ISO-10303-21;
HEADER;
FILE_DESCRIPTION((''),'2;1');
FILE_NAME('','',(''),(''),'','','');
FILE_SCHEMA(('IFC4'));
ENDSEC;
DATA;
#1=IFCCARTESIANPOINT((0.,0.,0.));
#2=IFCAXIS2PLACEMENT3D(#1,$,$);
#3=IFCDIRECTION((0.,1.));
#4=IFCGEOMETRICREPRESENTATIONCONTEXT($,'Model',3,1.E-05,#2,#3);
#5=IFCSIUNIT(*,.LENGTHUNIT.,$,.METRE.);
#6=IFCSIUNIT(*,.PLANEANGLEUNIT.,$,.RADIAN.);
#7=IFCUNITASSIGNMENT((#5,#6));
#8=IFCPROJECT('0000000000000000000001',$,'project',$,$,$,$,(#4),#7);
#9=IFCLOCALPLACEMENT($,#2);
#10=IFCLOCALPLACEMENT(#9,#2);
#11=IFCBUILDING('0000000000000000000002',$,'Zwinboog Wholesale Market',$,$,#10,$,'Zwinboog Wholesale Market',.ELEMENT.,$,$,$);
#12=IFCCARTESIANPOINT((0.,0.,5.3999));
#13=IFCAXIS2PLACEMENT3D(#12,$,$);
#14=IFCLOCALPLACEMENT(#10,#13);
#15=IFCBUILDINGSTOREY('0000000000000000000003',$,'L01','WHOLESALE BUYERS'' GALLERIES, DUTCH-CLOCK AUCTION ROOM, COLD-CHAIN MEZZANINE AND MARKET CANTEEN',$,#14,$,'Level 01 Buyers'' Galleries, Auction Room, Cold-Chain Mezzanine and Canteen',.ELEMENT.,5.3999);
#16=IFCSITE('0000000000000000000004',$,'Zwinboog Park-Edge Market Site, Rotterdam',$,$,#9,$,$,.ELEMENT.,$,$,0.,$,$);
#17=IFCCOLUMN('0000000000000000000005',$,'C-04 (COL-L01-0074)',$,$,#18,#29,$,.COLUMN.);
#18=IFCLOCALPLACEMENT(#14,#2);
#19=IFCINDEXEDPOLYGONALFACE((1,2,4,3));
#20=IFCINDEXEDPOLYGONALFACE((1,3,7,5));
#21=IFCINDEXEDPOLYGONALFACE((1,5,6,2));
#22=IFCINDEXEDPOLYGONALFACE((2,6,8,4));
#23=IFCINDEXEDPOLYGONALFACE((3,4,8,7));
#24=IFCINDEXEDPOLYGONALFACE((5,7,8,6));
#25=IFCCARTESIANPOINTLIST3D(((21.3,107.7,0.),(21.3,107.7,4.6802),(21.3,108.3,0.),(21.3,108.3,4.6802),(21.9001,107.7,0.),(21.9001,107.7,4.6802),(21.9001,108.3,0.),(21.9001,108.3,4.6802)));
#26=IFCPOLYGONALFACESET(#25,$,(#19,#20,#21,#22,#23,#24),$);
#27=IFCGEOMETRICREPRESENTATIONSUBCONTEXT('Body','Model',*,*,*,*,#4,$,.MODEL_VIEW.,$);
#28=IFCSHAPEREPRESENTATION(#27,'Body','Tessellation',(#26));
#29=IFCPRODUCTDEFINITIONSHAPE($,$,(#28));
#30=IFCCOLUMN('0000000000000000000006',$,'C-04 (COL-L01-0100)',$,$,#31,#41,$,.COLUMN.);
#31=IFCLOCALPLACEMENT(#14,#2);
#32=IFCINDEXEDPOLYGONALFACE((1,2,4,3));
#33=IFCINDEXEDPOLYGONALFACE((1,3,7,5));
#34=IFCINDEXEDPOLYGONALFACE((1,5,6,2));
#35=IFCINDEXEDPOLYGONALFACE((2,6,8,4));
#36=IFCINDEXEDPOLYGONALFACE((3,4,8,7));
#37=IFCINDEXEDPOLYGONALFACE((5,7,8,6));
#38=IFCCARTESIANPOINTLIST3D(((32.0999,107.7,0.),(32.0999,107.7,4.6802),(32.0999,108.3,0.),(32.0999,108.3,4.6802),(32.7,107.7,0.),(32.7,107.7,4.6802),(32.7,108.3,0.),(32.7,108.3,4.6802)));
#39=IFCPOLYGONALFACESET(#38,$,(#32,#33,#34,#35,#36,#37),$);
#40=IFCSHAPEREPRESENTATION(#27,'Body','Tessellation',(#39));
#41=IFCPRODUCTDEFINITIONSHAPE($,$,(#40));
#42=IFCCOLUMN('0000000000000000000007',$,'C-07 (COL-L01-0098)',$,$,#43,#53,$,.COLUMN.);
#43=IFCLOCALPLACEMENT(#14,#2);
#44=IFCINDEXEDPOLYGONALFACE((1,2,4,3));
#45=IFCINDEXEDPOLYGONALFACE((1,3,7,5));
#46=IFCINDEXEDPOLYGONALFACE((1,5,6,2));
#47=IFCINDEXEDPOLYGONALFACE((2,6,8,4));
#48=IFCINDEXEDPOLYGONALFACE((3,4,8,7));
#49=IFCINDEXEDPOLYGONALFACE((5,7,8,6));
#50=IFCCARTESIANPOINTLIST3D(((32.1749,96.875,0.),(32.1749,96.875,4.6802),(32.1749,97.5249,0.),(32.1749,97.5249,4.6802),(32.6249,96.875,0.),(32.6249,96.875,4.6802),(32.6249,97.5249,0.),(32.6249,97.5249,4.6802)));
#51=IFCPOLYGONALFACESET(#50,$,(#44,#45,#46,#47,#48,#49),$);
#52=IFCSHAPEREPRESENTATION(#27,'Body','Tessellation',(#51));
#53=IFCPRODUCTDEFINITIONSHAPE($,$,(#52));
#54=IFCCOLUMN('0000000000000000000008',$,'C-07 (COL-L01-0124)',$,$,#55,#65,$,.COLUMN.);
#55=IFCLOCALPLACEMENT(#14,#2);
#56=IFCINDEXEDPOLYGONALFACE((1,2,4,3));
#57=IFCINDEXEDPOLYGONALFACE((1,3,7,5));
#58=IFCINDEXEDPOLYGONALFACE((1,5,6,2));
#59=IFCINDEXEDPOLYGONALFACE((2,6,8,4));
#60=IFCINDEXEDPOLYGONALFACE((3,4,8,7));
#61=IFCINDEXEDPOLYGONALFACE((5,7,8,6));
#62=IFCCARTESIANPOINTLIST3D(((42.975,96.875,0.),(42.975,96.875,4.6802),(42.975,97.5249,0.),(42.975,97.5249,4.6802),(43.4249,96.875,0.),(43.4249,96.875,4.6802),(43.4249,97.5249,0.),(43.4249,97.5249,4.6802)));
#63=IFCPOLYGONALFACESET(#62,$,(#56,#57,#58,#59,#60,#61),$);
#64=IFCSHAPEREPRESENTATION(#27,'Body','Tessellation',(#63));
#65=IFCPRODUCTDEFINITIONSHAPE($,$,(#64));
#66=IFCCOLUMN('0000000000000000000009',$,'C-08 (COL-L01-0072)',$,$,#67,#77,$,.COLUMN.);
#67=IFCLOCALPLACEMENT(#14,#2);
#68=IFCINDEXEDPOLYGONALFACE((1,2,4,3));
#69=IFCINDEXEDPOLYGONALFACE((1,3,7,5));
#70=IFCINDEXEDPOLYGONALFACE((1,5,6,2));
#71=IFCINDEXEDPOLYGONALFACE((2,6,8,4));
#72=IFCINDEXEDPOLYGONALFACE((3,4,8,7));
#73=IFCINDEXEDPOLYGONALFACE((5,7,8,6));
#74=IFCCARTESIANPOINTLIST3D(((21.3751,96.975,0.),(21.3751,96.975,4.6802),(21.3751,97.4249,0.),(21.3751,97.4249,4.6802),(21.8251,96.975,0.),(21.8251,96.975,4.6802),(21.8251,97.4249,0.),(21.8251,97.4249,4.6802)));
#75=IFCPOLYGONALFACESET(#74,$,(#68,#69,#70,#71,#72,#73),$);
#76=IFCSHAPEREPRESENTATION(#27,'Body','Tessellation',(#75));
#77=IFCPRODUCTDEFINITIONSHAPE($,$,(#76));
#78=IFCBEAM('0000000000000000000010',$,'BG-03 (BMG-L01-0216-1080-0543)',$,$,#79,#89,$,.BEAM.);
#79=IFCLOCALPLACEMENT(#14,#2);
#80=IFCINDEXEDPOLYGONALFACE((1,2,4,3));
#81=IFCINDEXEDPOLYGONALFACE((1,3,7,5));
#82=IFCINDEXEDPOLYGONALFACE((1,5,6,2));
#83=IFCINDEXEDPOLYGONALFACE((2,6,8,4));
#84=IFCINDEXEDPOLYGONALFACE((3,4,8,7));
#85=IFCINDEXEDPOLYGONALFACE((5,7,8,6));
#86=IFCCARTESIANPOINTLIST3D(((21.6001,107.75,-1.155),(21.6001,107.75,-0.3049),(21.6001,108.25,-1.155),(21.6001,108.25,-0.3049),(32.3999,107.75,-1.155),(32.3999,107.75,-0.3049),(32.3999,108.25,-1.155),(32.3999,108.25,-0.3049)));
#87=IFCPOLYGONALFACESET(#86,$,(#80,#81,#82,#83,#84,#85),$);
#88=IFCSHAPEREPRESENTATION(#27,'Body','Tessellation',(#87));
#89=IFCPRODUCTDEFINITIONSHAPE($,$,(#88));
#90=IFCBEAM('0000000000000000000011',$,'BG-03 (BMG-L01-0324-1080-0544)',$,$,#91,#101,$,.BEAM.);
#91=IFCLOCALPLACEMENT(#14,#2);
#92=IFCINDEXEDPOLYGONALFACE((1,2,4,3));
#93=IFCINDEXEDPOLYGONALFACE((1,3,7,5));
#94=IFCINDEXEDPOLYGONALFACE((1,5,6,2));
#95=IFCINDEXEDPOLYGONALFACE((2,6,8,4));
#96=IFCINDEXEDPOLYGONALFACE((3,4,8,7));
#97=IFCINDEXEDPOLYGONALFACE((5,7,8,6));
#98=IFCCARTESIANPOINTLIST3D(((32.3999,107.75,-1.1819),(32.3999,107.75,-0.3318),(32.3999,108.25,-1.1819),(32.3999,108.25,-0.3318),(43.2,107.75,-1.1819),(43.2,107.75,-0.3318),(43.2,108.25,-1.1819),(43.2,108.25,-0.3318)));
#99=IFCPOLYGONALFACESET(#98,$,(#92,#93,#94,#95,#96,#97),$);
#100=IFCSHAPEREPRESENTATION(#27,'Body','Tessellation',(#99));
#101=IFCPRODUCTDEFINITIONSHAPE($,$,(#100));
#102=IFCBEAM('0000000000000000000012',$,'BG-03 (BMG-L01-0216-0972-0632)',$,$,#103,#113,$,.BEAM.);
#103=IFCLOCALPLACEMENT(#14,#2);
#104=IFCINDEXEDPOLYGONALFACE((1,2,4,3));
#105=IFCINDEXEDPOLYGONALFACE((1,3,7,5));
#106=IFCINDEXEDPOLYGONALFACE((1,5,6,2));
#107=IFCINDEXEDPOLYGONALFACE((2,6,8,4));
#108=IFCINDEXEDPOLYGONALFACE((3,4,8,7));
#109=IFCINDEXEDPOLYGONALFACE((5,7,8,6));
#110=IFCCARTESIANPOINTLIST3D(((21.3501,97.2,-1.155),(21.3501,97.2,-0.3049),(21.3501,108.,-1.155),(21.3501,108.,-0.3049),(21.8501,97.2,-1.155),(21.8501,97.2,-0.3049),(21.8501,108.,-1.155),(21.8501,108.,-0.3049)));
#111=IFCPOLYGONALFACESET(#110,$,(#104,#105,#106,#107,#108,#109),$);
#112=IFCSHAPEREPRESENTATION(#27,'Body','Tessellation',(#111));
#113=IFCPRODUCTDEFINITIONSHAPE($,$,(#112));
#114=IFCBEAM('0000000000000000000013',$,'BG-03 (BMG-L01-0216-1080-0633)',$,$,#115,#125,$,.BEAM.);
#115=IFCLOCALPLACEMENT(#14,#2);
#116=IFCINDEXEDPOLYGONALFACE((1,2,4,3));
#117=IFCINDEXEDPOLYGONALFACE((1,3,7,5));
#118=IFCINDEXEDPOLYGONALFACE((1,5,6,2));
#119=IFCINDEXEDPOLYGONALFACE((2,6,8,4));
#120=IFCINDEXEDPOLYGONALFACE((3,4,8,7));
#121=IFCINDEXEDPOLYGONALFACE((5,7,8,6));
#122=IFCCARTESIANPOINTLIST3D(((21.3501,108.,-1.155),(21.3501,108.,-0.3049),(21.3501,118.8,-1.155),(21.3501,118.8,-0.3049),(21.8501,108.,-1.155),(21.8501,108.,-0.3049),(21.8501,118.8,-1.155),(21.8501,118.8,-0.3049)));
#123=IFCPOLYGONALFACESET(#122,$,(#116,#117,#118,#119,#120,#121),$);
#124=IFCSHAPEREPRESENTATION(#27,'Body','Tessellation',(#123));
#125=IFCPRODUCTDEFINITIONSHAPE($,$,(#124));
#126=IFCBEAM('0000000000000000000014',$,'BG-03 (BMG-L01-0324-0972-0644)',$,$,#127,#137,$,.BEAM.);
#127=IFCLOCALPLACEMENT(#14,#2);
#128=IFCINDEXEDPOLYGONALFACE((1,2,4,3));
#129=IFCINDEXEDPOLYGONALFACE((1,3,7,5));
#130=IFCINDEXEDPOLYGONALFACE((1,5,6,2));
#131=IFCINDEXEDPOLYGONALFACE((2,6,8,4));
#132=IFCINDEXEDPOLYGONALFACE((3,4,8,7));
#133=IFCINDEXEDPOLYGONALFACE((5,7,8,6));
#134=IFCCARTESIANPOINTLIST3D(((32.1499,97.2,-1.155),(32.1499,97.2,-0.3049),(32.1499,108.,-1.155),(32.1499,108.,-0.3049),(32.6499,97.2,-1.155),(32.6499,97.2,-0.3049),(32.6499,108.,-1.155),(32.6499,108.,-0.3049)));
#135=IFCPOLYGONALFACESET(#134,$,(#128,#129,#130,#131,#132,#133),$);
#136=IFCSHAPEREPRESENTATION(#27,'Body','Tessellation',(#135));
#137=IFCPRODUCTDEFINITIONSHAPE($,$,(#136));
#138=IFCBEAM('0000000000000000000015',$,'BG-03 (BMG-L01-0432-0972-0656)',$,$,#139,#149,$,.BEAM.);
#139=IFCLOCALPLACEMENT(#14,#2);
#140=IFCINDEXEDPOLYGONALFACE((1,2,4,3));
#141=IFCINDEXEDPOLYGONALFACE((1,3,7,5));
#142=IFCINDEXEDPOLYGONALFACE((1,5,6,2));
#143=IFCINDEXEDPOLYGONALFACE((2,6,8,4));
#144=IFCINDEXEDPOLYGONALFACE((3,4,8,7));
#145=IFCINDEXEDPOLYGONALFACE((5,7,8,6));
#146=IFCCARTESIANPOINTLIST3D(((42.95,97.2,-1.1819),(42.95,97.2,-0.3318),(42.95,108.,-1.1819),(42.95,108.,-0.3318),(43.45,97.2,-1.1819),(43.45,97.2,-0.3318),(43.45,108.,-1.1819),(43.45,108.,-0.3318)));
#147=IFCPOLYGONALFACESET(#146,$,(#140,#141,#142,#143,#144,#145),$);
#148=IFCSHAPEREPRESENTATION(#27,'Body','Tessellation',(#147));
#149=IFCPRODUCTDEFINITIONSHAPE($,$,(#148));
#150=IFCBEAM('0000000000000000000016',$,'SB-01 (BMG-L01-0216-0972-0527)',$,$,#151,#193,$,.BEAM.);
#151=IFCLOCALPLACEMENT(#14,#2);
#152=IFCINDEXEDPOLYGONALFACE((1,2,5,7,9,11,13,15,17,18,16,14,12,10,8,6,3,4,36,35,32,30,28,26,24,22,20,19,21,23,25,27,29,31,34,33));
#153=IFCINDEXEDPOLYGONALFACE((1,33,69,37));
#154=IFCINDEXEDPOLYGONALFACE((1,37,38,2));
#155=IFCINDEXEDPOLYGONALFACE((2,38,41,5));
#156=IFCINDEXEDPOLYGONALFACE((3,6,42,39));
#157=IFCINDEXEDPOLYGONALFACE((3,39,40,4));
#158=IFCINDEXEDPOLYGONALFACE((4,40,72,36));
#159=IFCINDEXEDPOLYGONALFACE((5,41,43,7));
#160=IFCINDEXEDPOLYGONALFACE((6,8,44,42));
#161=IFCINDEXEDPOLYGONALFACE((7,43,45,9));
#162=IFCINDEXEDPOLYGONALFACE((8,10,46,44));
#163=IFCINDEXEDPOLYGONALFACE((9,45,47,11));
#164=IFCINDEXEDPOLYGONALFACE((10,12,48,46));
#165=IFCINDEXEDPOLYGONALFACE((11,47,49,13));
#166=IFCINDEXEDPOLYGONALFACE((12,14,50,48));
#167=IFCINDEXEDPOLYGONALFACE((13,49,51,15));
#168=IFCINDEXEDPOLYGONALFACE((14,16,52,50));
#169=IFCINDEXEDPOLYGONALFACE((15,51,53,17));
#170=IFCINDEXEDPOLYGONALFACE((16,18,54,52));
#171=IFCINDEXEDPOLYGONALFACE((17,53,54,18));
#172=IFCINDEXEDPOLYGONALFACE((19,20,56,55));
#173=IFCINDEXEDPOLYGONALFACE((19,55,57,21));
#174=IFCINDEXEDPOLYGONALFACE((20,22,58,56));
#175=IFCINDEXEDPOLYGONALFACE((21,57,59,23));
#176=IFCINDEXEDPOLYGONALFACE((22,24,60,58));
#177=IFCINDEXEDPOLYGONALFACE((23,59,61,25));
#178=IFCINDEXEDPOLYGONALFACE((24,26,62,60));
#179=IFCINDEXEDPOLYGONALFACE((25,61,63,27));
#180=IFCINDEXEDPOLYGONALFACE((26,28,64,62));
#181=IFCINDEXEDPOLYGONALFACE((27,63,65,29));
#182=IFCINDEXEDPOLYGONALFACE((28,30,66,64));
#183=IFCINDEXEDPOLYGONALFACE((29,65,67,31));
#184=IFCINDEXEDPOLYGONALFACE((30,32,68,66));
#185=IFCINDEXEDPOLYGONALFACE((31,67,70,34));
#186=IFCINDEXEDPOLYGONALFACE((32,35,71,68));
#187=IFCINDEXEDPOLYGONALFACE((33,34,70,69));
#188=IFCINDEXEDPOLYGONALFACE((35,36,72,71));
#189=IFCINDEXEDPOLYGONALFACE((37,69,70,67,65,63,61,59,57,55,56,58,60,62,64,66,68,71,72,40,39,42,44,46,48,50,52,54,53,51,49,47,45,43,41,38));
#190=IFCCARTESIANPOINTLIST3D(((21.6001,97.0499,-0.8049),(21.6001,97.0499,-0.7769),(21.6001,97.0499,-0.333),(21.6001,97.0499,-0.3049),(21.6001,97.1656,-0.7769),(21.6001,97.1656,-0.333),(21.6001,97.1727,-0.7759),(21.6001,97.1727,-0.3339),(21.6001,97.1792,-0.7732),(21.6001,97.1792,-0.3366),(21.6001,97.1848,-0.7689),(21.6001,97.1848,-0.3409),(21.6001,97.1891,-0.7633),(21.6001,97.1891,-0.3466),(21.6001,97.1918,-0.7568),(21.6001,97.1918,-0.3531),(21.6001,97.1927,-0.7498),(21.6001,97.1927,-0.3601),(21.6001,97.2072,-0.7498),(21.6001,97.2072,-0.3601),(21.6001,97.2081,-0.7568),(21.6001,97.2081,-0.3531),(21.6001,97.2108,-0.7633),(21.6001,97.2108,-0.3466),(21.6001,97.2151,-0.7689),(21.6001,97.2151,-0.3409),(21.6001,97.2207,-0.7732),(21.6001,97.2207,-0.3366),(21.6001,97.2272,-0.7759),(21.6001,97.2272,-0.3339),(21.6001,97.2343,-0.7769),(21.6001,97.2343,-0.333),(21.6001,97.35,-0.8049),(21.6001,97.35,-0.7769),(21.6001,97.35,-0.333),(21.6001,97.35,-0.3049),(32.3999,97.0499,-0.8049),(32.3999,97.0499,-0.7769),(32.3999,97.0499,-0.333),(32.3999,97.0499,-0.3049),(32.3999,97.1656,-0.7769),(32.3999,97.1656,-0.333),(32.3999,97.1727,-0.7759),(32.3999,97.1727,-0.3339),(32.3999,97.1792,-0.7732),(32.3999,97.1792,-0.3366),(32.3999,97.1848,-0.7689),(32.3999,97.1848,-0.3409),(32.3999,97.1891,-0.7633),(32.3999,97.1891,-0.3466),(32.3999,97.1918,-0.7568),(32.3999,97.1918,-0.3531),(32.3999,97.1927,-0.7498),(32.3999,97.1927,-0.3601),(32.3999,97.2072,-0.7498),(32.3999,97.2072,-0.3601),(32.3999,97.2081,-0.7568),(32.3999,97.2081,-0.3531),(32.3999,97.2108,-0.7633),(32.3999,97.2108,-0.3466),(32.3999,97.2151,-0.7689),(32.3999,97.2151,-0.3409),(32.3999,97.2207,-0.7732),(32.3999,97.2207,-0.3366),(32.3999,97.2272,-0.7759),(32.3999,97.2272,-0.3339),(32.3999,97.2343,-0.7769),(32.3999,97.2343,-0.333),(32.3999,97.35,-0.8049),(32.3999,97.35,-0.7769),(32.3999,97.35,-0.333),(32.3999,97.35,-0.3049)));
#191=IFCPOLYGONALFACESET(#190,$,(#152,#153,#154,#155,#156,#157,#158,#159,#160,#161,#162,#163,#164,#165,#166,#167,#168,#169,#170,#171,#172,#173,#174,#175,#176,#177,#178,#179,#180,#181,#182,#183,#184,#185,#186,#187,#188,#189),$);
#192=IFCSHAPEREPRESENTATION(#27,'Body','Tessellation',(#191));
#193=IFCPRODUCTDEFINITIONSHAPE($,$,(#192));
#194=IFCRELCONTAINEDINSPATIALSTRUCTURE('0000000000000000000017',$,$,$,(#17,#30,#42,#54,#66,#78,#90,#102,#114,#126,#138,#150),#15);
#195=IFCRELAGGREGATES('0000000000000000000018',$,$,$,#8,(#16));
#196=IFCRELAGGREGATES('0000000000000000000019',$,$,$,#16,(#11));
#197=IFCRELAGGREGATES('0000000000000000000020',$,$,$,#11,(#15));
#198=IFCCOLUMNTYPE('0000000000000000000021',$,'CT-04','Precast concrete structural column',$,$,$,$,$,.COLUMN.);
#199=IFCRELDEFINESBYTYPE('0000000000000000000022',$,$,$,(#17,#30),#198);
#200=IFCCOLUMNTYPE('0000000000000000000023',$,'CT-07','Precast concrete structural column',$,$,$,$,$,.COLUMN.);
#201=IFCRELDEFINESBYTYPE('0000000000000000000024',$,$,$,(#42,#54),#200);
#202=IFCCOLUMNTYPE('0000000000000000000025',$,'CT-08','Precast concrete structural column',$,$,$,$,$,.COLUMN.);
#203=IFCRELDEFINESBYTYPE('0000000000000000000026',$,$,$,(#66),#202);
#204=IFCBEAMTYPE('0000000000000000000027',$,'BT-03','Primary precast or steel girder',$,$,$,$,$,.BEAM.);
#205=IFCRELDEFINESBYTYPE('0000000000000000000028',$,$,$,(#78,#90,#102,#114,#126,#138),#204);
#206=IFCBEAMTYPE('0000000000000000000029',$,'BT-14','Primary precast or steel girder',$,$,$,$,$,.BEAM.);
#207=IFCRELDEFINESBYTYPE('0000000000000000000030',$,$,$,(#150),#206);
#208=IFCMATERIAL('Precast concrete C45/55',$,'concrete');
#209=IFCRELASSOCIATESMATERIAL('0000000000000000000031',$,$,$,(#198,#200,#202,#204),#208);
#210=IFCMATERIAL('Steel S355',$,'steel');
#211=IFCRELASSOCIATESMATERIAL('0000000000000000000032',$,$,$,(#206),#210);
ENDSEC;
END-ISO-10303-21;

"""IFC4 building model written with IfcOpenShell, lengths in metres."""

from ifc_helpers import new_model, si_unit, direction, frame, origin, origin_2d, place, context, subcontext, project, spatial, rectangle, i_section, extrude, material, material_profile, profile_set, type_object, element, save


model = new_model("IFC4")

# Units and contexts
model_context = context("Model", 3, precision=1e-05, world=origin(), true_north=direction((0.0, 1.0)))
body_context = subcontext(model_context, "Body", "Model", "MODEL_VIEW")
ifc_project = project(units=[si_unit("LENGTHUNIT", "METRE"), si_unit("PLANEANGLEUNIT", "RADIAN")], contexts=[model_context])

# Site, building, storey
site_placement = place(None, origin())
site = spatial("IfcSite", under=ifc_project, at=site_placement, Name="Zwinboog Park-Edge Market Site, Rotterdam", CompositionType="ELEMENT", RefElevation=0.0)
building_placement = place(site_placement, origin())
building = spatial("IfcBuilding", under=site, at=building_placement, Name="Zwinboog Wholesale Market", LongName="Zwinboog Wholesale Market", CompositionType="ELEMENT")
storey_placement = place(building_placement, frame((0.0, 0.0, 5.3999)))
storey = spatial("IfcBuildingStorey", under=building, at=storey_placement, Name="L01", Description="WHOLESALE BUYERS' GALLERIES, DUTCH-CLOCK AUCTION ROOM, COLD-CHAIN MEZZANINE AND MARKET CANTEEN", LongName="Level 01 Buyers' Galleries, Auction Room, Cold-Chain Mezzanine and Canteen", CompositionType="ELEMENT", Elevation=5.3999)

# Columns
ifc_material_1 = material(Name="Precast concrete C45/55", Category="concrete")
ifc_material_profile_1 = material_profile(ifc_material_1, rectangle(XDim=0.6001, YDim=0.6001, at=origin_2d()), Name="PC 600x600")
ifc_profile_set_1 = profile_set([ifc_material_profile_1], Name="Precast concrete C45/55")
column_type_1 = type_object("IfcColumnType", Name="CT-04", Description="Precast concrete structural column", PredefinedType="COLUMN", material=ifc_profile_set_1)
for number, where, z_axis, x_axis, name in (
    (1, (21.6001, 108.0, 0.0), (0.0, 0.0, 1.0), (1.0, 0.0, 0.0), "C-04 (COL-L01-0074)"),
    (2, (32.3999, 108.0, 0.0), (0.0, 0.0, 1.0), (1.0, 0.0, 0.0), "C-04 (COL-L01-0100)"),
):
    element("IfcColumn", number, at=place(storey_placement, frame(where, z_axis=z_axis, x_axis=x_axis)), inside=storey, type_object=column_type_1, Name=name, PredefinedType="COLUMN", context=body_context, shape_type="SweptSolid", body=[
        extrude(rectangle(XDim=0.6001, YDim=0.6001, at=origin_2d()), origin(), (0.0, 0.0, 1.0), 4.6802),
    ])
ifc_material_profile_2 = material_profile(ifc_material_1, rectangle(XDim=0.45, YDim=0.6499, at=origin_2d()), Name="PC 450x650")
ifc_profile_set_2 = profile_set([ifc_material_profile_2], Name="Precast concrete C45/55")
column_type_2 = type_object("IfcColumnType", Name="CT-07", Description="Precast concrete structural column", PredefinedType="COLUMN", material=ifc_profile_set_2)
for number, where, z_axis, x_axis, name in (
    (3, (32.3999, 97.2, 0.0), (0.0, 0.0, 1.0), (1.0, 0.0, 0.0), "C-07 (COL-L01-0098)"),
    (4, (43.2, 97.2, 0.0), (0.0, 0.0, 1.0), (1.0, 0.0, 0.0), "C-07 (COL-L01-0124)"),
):
    element("IfcColumn", number, at=place(storey_placement, frame(where, z_axis=z_axis, x_axis=x_axis)), inside=storey, type_object=column_type_2, Name=name, PredefinedType="COLUMN", context=body_context, shape_type="SweptSolid", body=[
        extrude(rectangle(XDim=0.45, YDim=0.6499, at=origin_2d()), origin(), (0.0, 0.0, 1.0), 4.6802),
    ])
ifc_material_profile_3 = material_profile(ifc_material_1, rectangle(XDim=0.45, YDim=0.45, at=origin_2d()), Name="PC 450x450")
ifc_profile_set_3 = profile_set([ifc_material_profile_3], Name="Precast concrete C45/55")
column_type_3 = type_object("IfcColumnType", Name="CT-08", Description="Precast concrete structural column", PredefinedType="COLUMN", material=ifc_profile_set_3)
column_placement = place(storey_placement, frame((21.6001, 97.2, 0.0), z_axis=(0.0, 0.0, 1.0), x_axis=(1.0, 0.0, 0.0)))
element("IfcColumn", 5, at=column_placement, inside=storey, type_object=column_type_3, Name="C-08 (COL-L01-0072)", PredefinedType="COLUMN", context=body_context, shape_type="SweptSolid", body=[
    extrude(rectangle(XDim=0.45, YDim=0.45, at=origin_2d()), origin(), (0.0, 0.0, 1.0), 4.6802),
])

# Beams
ifc_material_profile_4 = material_profile(ifc_material_1, rectangle(XDim=0.5, YDim=0.8501, at=origin_2d()), Name="PC 500x850")
ifc_profile_set_4 = profile_set([ifc_material_profile_4], Name="Precast concrete C45/55")
beam_type_1 = type_object("IfcBeamType", Name="BT-03", Description="Primary precast or steel girder", PredefinedType="BEAM", material=ifc_profile_set_4)
beam_1_placement = place(storey_placement, frame((21.6001, 108.0, -0.73), z_axis=(1.0, 0.0, 0.0), x_axis=(0.0, 1.0, 0.0)))
element("IfcBeam", 6, at=beam_1_placement, inside=storey, type_object=beam_type_1, Name="BG-03 (BMG-L01-0216-1080-0543)", PredefinedType="BEAM", context=body_context, shape_type="SweptSolid", body=[
    extrude(rectangle(XDim=0.5, YDim=0.8501, at=origin_2d()), origin(), (0.0, 0.0, 1.0), 10.7998),
])
for number, where, z_axis, x_axis, name in (
    (7, (32.3999, 108.0, -0.7568), (1.0, 0.0, 0.0), (0.0, 1.0, 0.0), "BG-03 (BMG-L01-0324-1080-0544)"),
    (8, (21.6001, 97.2, -0.73), (0.0, 1.0, 0.0), (-1.0, 0.0, 0.0), "BG-03 (BMG-L01-0216-0972-0632)"),
    (9, (21.6001, 108.0, -0.73), (0.0, 1.0, 0.0), (-1.0, 0.0, 0.0), "BG-03 (BMG-L01-0216-1080-0633)"),
    (10, (32.3999, 97.2, -0.73), (0.0, 1.0, 0.0), (-1.0, 0.0, 0.0), "BG-03 (BMG-L01-0324-0972-0644)"),
    (11, (43.2, 97.2, -0.7568), (0.0, 1.0, 0.0), (-1.0, 0.0, 0.0), "BG-03 (BMG-L01-0432-0972-0656)"),
):
    element("IfcBeam", number, at=place(storey_placement, frame(where, z_axis=z_axis, x_axis=x_axis)), inside=storey, type_object=beam_type_1, Name=name, PredefinedType="BEAM", context=body_context, shape_type="SweptSolid", body=[
        extrude(rectangle(XDim=0.5, YDim=0.8501, at=origin_2d()), origin(), (0.0, 0.0, 1.0), 10.8),
    ])
ifc_material_2 = material(Name="Steel S355", Category="steel")
ifc_material_profile_5 = material_profile(ifc_material_2, i_section(OverallWidth=0.3, OverallDepth=0.5, WebThickness=0.0144, FlangeThickness=0.0281, FilletRadius=0.0271, at=origin_2d()), Name="HEB 500")
ifc_profile_set_5 = profile_set([ifc_material_profile_5], Name="Steel S355")
beam_type_2 = type_object("IfcBeamType", Name="BT-14", Description="Primary precast or steel girder", PredefinedType="BEAM", material=ifc_profile_set_5)
beam_2_placement = place(storey_placement, frame((21.6001, 97.2, -0.5549), z_axis=(1.0, 0.0, 0.0), x_axis=(0.0, 1.0, 0.0)))
element("IfcBeam", 12, at=beam_2_placement, inside=storey, type_object=beam_type_2, Name="SB-01 (BMG-L01-0216-0972-0527)", PredefinedType="BEAM", context=body_context, shape_type="SweptSolid", body=[
    extrude(i_section(OverallWidth=0.3, OverallDepth=0.5, WebThickness=0.0144, FlangeThickness=0.0281, FilletRadius=0.0271, at=origin_2d()), origin(), (0.0, 0.0, 1.0), 10.7998),
])

save(model, "model.ifc")
